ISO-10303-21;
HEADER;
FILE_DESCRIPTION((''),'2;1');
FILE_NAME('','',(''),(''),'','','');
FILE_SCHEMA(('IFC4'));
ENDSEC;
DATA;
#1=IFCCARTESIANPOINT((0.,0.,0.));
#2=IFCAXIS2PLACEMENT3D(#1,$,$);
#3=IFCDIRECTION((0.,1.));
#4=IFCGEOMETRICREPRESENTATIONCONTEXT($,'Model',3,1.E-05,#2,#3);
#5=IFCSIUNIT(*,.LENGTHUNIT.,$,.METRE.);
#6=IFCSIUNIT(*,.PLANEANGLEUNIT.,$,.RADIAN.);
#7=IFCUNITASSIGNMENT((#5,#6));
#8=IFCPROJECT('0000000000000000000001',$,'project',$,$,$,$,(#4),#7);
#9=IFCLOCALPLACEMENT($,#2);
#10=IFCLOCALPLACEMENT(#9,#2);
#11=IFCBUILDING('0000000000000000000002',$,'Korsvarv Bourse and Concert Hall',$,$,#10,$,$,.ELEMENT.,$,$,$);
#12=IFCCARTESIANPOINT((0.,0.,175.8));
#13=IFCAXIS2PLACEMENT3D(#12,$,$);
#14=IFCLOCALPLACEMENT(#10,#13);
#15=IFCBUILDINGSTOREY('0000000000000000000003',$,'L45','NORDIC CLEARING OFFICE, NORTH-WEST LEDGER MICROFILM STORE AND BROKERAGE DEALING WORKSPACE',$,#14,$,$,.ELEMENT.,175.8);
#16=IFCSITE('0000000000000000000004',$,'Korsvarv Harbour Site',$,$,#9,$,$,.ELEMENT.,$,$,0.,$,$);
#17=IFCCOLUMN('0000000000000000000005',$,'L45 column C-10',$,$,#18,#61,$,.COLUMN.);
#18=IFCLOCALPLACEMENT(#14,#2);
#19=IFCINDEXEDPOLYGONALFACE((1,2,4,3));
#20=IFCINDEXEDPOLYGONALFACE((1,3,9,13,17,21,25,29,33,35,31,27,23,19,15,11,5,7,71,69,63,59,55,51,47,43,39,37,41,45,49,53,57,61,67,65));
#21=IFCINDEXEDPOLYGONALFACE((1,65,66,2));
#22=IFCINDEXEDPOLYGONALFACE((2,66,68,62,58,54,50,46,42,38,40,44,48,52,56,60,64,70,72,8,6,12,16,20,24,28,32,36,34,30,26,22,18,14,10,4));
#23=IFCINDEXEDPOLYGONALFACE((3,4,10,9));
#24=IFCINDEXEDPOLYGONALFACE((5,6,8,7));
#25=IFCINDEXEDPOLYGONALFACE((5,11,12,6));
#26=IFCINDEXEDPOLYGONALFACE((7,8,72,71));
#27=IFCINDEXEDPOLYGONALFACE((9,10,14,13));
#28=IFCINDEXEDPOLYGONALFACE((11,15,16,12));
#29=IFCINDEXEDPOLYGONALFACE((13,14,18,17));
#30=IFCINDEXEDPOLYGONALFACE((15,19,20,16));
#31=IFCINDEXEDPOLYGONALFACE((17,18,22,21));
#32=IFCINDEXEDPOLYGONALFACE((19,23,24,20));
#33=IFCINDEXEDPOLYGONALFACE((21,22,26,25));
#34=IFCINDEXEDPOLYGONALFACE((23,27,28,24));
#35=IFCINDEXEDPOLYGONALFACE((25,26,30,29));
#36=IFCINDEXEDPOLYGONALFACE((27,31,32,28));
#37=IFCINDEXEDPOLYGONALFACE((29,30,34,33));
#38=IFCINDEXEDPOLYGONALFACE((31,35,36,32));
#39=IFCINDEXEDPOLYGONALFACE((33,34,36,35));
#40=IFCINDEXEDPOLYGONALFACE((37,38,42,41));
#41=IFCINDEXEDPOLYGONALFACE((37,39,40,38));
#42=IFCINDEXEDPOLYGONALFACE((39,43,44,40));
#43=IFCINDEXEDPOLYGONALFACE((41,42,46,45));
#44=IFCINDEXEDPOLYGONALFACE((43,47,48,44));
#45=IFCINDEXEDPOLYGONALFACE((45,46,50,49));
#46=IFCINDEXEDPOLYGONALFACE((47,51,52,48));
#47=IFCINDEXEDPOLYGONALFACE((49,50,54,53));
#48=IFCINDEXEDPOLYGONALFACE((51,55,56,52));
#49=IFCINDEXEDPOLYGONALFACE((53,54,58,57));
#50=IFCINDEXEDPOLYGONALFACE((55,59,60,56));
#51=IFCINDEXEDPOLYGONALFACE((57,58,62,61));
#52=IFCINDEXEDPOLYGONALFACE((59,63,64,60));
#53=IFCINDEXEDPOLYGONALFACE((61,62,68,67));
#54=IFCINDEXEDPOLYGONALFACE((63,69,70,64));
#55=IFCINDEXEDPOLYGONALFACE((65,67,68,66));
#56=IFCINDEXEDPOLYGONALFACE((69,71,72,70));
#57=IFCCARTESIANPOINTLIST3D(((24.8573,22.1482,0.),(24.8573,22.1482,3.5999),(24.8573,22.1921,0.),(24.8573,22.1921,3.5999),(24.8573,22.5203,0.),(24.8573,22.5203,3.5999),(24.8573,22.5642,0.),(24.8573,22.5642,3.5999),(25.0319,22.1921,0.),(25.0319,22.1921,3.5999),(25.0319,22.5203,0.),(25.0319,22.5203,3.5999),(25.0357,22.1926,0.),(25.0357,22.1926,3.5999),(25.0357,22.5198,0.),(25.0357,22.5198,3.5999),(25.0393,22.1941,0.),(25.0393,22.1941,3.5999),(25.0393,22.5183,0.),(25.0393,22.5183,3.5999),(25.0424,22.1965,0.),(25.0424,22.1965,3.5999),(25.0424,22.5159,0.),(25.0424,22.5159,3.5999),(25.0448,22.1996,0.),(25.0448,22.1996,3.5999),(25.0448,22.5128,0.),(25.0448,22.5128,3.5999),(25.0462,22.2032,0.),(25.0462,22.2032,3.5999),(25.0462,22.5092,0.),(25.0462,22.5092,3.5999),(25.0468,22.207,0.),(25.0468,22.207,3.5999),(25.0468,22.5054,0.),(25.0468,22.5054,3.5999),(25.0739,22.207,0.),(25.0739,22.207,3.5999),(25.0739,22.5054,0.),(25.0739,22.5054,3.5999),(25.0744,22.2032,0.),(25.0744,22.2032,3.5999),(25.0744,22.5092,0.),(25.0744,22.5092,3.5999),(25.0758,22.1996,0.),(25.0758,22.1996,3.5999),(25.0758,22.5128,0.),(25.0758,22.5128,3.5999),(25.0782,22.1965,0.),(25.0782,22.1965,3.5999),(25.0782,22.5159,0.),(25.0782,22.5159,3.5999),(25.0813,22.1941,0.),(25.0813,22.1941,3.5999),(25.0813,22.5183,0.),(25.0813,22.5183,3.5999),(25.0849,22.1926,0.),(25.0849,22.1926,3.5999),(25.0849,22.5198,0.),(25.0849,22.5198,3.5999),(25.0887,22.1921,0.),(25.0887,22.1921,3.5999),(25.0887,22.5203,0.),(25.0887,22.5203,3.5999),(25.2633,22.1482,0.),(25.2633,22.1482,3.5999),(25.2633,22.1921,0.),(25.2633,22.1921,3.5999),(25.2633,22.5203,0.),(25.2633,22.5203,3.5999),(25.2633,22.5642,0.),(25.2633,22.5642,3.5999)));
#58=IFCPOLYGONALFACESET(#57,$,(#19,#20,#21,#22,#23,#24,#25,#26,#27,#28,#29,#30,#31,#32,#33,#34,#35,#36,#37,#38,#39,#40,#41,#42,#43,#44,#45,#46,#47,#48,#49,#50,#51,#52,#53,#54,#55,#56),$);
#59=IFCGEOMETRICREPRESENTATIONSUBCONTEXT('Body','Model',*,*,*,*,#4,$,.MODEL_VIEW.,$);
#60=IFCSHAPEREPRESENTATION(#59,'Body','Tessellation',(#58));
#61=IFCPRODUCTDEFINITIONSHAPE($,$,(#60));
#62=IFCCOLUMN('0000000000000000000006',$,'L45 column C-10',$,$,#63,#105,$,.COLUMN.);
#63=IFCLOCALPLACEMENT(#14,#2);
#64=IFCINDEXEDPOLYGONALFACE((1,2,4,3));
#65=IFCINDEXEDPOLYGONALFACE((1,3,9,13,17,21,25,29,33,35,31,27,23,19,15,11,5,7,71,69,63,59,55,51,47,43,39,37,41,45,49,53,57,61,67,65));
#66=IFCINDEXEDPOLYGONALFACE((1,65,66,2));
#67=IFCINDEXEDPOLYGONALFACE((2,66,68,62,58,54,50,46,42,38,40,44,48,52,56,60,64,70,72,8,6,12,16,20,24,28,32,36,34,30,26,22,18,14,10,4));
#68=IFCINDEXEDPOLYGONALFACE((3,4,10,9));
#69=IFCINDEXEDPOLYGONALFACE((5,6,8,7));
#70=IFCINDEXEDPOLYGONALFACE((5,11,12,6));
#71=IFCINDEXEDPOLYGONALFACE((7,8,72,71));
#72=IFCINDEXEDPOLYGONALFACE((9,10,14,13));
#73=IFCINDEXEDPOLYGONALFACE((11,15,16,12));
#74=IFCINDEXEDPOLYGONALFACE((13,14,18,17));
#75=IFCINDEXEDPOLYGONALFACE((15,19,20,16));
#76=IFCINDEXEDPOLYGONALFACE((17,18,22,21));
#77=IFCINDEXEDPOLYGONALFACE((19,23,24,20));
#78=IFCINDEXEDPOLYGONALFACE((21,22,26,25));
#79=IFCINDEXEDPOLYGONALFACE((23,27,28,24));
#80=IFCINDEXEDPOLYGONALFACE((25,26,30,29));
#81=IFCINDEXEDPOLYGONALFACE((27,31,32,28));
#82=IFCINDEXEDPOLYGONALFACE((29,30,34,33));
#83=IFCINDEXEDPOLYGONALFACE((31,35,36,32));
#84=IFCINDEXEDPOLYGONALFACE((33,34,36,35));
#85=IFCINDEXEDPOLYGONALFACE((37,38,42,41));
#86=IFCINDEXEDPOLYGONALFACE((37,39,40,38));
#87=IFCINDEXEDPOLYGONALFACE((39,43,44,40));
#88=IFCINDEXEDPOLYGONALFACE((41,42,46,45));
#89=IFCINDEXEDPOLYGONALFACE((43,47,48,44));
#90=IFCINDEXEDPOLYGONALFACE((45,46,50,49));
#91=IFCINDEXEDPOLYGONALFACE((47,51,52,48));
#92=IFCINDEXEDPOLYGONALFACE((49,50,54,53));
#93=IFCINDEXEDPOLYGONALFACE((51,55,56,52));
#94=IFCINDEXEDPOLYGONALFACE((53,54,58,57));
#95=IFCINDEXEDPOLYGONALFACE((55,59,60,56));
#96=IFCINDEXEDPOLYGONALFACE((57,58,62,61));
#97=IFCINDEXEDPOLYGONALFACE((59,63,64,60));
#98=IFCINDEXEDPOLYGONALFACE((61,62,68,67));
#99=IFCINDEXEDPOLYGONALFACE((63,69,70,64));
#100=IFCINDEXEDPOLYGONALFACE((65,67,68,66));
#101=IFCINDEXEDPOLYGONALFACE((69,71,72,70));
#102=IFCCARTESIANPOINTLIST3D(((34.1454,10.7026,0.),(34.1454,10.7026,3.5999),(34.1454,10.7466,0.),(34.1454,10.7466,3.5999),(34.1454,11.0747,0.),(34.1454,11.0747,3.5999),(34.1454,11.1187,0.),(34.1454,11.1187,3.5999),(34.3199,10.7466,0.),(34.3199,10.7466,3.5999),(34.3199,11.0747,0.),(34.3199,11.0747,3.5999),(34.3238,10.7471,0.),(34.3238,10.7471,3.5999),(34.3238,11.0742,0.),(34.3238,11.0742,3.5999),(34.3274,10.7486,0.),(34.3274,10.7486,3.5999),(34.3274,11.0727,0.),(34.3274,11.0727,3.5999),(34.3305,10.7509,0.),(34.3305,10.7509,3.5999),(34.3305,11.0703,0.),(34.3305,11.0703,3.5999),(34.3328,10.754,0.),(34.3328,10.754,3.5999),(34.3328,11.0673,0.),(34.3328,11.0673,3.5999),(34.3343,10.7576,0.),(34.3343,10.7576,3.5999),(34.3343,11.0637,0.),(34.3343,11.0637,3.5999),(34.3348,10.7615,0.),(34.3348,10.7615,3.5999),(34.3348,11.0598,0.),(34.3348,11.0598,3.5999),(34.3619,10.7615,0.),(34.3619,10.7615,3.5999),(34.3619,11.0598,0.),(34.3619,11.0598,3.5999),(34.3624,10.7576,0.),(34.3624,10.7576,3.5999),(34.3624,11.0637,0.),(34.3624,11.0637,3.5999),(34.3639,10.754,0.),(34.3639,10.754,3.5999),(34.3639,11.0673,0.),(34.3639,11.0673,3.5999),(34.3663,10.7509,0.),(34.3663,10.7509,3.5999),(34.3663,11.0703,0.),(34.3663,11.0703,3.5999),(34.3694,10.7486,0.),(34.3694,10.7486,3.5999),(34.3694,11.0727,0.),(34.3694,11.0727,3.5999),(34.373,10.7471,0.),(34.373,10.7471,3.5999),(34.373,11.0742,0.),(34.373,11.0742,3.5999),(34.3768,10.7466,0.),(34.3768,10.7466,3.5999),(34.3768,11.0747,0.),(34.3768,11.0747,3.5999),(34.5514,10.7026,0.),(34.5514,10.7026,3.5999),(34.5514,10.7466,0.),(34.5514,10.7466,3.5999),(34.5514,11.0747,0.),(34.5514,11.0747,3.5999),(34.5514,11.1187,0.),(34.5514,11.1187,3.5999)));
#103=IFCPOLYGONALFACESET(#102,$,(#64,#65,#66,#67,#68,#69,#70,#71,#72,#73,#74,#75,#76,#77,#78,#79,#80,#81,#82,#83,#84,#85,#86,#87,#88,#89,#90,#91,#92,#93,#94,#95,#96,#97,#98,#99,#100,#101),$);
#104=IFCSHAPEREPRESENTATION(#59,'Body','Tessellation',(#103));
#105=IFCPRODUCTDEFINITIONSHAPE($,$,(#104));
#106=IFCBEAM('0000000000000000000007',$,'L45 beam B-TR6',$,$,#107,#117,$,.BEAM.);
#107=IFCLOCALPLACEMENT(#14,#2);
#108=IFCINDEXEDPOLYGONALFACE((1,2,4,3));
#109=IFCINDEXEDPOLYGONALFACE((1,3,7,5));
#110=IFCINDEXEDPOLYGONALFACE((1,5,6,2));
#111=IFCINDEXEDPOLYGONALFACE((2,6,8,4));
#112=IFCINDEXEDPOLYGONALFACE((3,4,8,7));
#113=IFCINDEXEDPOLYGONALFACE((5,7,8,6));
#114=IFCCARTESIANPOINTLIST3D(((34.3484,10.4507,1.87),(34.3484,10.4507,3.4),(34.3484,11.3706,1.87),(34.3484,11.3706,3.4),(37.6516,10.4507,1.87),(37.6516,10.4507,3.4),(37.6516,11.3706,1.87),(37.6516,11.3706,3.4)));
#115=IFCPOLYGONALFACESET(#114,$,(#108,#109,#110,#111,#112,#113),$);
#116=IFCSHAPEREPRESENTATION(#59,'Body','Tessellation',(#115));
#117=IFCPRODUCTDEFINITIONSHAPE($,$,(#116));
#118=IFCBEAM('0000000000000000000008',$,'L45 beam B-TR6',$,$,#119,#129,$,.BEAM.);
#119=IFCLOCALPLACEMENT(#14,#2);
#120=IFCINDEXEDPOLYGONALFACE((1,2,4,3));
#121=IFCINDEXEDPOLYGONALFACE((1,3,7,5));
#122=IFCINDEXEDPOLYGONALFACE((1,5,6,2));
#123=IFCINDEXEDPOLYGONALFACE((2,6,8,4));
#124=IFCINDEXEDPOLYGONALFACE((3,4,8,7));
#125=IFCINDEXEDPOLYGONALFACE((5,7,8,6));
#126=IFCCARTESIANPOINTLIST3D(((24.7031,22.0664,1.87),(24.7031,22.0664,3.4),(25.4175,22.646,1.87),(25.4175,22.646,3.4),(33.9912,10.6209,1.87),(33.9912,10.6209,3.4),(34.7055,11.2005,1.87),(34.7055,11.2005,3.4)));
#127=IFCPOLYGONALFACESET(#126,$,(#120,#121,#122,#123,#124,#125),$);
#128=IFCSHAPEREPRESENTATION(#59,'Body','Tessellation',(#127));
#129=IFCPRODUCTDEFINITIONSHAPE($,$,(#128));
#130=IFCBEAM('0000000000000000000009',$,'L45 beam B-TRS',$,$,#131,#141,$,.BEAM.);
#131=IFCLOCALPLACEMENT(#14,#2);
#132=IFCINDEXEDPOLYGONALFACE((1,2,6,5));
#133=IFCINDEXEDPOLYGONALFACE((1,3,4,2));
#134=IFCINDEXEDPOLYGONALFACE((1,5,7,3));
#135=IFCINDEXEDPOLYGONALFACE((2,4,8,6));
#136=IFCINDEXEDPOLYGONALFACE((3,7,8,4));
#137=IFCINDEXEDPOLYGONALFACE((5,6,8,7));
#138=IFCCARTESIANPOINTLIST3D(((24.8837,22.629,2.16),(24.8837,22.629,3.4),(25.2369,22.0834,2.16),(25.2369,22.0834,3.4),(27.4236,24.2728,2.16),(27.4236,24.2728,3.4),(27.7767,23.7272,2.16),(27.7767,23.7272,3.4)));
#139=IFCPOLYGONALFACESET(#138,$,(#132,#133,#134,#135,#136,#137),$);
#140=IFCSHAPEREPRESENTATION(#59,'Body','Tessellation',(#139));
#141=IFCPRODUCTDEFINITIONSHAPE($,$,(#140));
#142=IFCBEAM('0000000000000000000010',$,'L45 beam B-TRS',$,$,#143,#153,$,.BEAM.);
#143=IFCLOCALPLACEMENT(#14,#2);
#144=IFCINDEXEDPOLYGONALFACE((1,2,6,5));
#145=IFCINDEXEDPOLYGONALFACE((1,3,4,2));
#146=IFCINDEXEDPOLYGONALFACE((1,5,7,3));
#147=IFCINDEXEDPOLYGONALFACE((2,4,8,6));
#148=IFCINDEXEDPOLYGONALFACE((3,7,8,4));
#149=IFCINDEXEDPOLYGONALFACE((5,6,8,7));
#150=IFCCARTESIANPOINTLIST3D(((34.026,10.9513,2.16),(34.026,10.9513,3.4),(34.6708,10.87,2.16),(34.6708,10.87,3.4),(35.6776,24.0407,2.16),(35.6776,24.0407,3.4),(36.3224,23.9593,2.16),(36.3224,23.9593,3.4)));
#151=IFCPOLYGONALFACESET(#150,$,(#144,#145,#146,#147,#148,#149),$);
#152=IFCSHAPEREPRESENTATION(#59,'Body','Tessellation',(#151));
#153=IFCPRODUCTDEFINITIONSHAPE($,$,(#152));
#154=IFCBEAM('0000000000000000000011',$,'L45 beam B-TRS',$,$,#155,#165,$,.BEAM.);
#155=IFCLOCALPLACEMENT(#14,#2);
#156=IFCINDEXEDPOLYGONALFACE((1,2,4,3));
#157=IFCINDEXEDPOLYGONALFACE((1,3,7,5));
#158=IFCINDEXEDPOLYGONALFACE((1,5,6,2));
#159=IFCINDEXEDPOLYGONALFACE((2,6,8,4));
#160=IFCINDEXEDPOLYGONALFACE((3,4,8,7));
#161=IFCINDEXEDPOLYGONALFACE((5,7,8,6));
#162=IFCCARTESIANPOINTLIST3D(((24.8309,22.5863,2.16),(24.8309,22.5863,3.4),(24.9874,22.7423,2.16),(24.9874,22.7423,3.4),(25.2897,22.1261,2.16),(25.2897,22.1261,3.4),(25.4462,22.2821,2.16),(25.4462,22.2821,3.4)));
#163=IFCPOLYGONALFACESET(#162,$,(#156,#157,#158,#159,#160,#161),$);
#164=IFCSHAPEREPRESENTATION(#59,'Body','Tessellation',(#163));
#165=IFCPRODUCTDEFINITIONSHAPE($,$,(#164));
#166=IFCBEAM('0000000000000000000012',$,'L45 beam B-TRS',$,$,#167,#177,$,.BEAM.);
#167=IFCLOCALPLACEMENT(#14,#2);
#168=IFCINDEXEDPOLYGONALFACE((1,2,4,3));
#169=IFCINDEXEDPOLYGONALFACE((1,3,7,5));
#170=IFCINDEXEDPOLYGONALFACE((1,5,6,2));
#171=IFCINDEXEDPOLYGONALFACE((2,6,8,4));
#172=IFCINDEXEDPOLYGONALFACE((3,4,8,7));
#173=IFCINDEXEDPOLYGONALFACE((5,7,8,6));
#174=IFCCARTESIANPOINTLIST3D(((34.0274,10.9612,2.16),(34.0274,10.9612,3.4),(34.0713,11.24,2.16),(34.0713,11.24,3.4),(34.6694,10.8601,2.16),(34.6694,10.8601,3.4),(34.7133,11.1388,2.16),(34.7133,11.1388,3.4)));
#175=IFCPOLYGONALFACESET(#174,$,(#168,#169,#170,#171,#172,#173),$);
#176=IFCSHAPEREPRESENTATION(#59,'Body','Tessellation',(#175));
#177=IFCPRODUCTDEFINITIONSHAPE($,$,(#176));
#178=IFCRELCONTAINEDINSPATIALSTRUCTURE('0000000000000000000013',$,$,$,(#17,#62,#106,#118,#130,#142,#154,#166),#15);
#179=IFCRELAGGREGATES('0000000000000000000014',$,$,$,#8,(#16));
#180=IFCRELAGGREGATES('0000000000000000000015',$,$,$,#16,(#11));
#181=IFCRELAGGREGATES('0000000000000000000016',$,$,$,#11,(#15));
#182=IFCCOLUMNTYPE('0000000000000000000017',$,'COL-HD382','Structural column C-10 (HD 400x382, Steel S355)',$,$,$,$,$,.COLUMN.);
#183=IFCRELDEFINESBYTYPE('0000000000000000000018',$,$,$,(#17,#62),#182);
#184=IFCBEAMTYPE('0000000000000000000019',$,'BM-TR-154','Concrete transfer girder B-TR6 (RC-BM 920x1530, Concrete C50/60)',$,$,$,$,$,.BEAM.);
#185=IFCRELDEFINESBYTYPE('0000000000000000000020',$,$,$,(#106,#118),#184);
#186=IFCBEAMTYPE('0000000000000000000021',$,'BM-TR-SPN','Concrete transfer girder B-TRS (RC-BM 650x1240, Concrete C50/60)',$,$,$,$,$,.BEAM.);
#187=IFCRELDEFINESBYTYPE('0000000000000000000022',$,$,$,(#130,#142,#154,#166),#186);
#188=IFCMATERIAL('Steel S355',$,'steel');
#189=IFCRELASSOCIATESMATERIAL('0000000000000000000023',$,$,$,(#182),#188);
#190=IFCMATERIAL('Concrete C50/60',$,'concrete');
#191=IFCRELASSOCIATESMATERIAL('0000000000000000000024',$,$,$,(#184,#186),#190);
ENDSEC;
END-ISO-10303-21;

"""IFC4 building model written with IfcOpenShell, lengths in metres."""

from ifc_helpers import new_model, si_unit, direction, frame, origin, origin_2d, place, context, subcontext, project, spatial, rectangle, i_section, extrude, source, transform, mapped, material, material_profile, profile_set, type_object, element, save


model = new_model("IFC4")

# Units and contexts
model_context = context("Model", 3, precision=1e-05, world=origin(), true_north=direction((0.0, 1.0)))
body_context = subcontext(model_context, "Body", "Model", "MODEL_VIEW")
ifc_project = project(units=[si_unit("LENGTHUNIT", "METRE"), si_unit("PLANEANGLEUNIT", "RADIAN")], contexts=[model_context])

# Site, building, storey
site_placement = place(None, origin())
site = spatial("IfcSite", under=ifc_project, at=site_placement, Name="Korsvarv Harbour Site", CompositionType="ELEMENT", RefElevation=0.0)
building_placement = place(site_placement, origin())
building = spatial("IfcBuilding", under=site, at=building_placement, Name="Korsvarv Bourse and Concert Hall", CompositionType="ELEMENT")
storey_placement = place(building_placement, frame((0.0, 0.0, 175.8)))
storey = spatial("IfcBuildingStorey", under=building, at=storey_placement, Name="L45", Description="NORDIC CLEARING OFFICE, NORTH-WEST LEDGER MICROFILM STORE AND BROKERAGE DEALING WORKSPACE", CompositionType="ELEMENT", Elevation=175.8)

# Columns
ifc_material_1 = material(Name="Steel S355", Category="steel")
ifc_material_profile_1 = material_profile(ifc_material_1, i_section(OverallWidth=0.406, OverallDepth=0.416, WebThickness=0.0271, FlangeThickness=0.0439, FilletRadius=0.0149, at=origin_2d()), Name="HD 400x382")
ifc_profile_set_1 = profile_set([ifc_material_profile_1], Name="Steel S355")
column_type = type_object("IfcColumnType", Name="COL-HD382", Description="Structural column C-10 (HD 400x382, Steel S355)", PredefinedType="COLUMN", material=ifc_profile_set_1)
shared_shape_1 = source(origin(), body_context, "Body", "SweptSolid", [
    extrude(i_section(OverallWidth=0.406, OverallDepth=0.416, WebThickness=0.0271, FlangeThickness=0.0439, FilletRadius=0.0149, at=origin_2d()), origin(), (0.0, 0.0, 1.0), 3.5999),
])
for number, where, z_axis, x_axis, name in (
    (1, (25.0603, 22.3562, 0.0), (0.0, 0.0, 1.0), (1.0, 0.0, 0.0), "L45 column C-10"),
    (2, (34.3484, 10.9106, 0.0), (0.0, 0.0, 1.0), (1.0, 0.0, 0.0), "L45 column C-10"),
):
    element("IfcColumn", number, at=place(storey_placement, frame(where, z_axis=z_axis, x_axis=x_axis)), inside=storey, type_object=column_type, Name=name, PredefinedType="COLUMN", context=body_context, shape_type="MappedRepresentation", body=[
        mapped(shared_shape_1, transform((0.0, 0.0, 0.0), scale=1.0)),
    ])

# Beams
ifc_material_2 = material(Name="Concrete C50/60", Category="concrete")
ifc_material_profile_2 = material_profile(ifc_material_2, rectangle(XDim=0.9199, YDim=1.53, at=origin_2d()), Name="RC-BM 920x1530")
ifc_profile_set_2 = profile_set([ifc_material_profile_2], Name="Concrete C50/60")
beam_type_1 = type_object("IfcBeamType", Name="BM-TR-154", Description="Concrete transfer girder B-TR6 (RC-BM 920x1530, Concrete C50/60)", PredefinedType="BEAM", material=ifc_profile_set_2)
shared_shape_2 = source(origin(), body_context, "Body", "SweptSolid", [
    extrude(rectangle(XDim=0.9199, YDim=1.53, at=origin_2d()), origin(), (0.0, 0.0, 1.0), 3.3032),
])
beam_1_placement = place(storey_placement, frame((34.3484, 10.9106, 2.635), z_axis=(1.0, 0.0, 0.0), x_axis=(0.0, 1.0, 0.0)))
element("IfcBeam", 3, at=beam_1_placement, inside=storey, type_object=beam_type_1, Name="L45 beam B-TR6", PredefinedType="BEAM", context=body_context, shape_type="MappedRepresentation", body=[
    mapped(shared_shape_2, transform((0.0, 0.0, 0.0), scale=1.0)),
])
shared_shape_3 = source(origin(), body_context, "Body", "SweptSolid", [
    extrude(rectangle(XDim=0.9199, YDim=1.53, at=origin_2d()), origin(), (0.0, 0.0, 1.0), 14.74),
])
beam_2_placement = place(storey_placement, frame((25.0603, 22.3562, 2.635), z_axis=(0.630125, -0.776493, 0.0), x_axis=(0.776493, 0.630125, 0.0)))
element("IfcBeam", 4, at=beam_2_placement, inside=storey, type_object=beam_type_1, Name="L45 beam B-TR6", PredefinedType="BEAM", context=body_context, shape_type="MappedRepresentation", body=[
    mapped(shared_shape_3, transform((0.0, 0.0, 0.0), scale=1.0)),
])
ifc_material_profile_3 = material_profile(ifc_material_2, rectangle(XDim=0.6499, YDim=1.24, at=origin_2d()), Name="RC-BM 650x1240")
ifc_profile_set_3 = profile_set([ifc_material_profile_3], Name="Concrete C50/60")
beam_type_2 = type_object("IfcBeamType", Name="BM-TR-SPN", Description="Concrete transfer girder B-TRS (RC-BM 650x1240, Concrete C50/60)", PredefinedType="BEAM", material=ifc_profile_set_3)
shared_shape_4 = source(origin(), body_context, "Body", "SweptSolid", [
    extrude(rectangle(XDim=0.6499, YDim=1.24, at=origin_2d()), origin(), (0.0, 0.0, 1.0), 3.0254),
])
beam_3_placement = place(storey_placement, frame((25.0603, 22.3562, 2.78), z_axis=(0.83951, 0.543345, 0.0), x_axis=(-0.543345, 0.83951, 0.0)))
element("IfcBeam", 5, at=beam_3_placement, inside=storey, type_object=beam_type_2, Name="L45 beam B-TRS", PredefinedType="BEAM", context=body_context, shape_type="MappedRepresentation", body=[
    mapped(shared_shape_4, transform((0.0, 0.0, 0.0), scale=1.0)),
])
shared_shape_5 = source(origin(), body_context, "Body", "SweptSolid", [
    extrude(rectangle(XDim=0.6499, YDim=1.24, at=origin_2d()), origin(), (0.0, 0.0, 1.0), 13.1931),
])
beam_4_placement = place(storey_placement, frame((34.3484, 10.9106, 2.78), z_axis=(0.125187, 0.992133, 0.0), x_axis=(-0.992133, 0.125187, 0.0)))
element("IfcBeam", 6, at=beam_4_placement, inside=storey, type_object=beam_type_2, Name="L45 beam B-TRS", PredefinedType="BEAM", context=body_context, shape_type="MappedRepresentation", body=[
    mapped(shared_shape_5, transform((0.0, 0.0, 0.0), scale=1.0)),
])
shared_shape_6 = source(origin(), body_context, "Body", "SweptSolid", [
    extrude(rectangle(XDim=0.6499, YDim=1.24, at=origin_2d()), origin(), (0.0, 0.0, 1.0), 0.2209),
])
beam_5_placement = place(storey_placement, frame((25.0603, 22.3562, 2.78), z_axis=(0.708211, 0.706001, 0.0), x_axis=(-0.706001, 0.708211, 0.0)))
element("IfcBeam", 7, at=beam_5_placement, inside=storey, type_object=beam_type_2, Name="L45 beam B-TRS", PredefinedType="BEAM", context=body_context, shape_type="MappedRepresentation", body=[
    mapped(shared_shape_6, transform((0.0, 0.0, 0.0), scale=1.0)),
])
shared_shape_7 = source(origin(), body_context, "Body", "SweptSolid", [
    extrude(rectangle(XDim=0.6499, YDim=1.24, at=origin_2d()), origin(), (0.0, 0.0, 1.0), 0.2822),
])
beam_6_placement = place(storey_placement, frame((34.3484, 10.9106, 2.78), z_axis=(0.155696, 0.987805, 0.0), x_axis=(-0.987805, 0.155696, 0.0)))
element("IfcBeam", 8, at=beam_6_placement, inside=storey, type_object=beam_type_2, Name="L45 beam B-TRS", PredefinedType="BEAM", context=body_context, shape_type="MappedRepresentation", body=[
    mapped(shared_shape_7, transform((0.0, 0.0, 0.0), scale=1.0)),
])

save(model, "model.ifc")
